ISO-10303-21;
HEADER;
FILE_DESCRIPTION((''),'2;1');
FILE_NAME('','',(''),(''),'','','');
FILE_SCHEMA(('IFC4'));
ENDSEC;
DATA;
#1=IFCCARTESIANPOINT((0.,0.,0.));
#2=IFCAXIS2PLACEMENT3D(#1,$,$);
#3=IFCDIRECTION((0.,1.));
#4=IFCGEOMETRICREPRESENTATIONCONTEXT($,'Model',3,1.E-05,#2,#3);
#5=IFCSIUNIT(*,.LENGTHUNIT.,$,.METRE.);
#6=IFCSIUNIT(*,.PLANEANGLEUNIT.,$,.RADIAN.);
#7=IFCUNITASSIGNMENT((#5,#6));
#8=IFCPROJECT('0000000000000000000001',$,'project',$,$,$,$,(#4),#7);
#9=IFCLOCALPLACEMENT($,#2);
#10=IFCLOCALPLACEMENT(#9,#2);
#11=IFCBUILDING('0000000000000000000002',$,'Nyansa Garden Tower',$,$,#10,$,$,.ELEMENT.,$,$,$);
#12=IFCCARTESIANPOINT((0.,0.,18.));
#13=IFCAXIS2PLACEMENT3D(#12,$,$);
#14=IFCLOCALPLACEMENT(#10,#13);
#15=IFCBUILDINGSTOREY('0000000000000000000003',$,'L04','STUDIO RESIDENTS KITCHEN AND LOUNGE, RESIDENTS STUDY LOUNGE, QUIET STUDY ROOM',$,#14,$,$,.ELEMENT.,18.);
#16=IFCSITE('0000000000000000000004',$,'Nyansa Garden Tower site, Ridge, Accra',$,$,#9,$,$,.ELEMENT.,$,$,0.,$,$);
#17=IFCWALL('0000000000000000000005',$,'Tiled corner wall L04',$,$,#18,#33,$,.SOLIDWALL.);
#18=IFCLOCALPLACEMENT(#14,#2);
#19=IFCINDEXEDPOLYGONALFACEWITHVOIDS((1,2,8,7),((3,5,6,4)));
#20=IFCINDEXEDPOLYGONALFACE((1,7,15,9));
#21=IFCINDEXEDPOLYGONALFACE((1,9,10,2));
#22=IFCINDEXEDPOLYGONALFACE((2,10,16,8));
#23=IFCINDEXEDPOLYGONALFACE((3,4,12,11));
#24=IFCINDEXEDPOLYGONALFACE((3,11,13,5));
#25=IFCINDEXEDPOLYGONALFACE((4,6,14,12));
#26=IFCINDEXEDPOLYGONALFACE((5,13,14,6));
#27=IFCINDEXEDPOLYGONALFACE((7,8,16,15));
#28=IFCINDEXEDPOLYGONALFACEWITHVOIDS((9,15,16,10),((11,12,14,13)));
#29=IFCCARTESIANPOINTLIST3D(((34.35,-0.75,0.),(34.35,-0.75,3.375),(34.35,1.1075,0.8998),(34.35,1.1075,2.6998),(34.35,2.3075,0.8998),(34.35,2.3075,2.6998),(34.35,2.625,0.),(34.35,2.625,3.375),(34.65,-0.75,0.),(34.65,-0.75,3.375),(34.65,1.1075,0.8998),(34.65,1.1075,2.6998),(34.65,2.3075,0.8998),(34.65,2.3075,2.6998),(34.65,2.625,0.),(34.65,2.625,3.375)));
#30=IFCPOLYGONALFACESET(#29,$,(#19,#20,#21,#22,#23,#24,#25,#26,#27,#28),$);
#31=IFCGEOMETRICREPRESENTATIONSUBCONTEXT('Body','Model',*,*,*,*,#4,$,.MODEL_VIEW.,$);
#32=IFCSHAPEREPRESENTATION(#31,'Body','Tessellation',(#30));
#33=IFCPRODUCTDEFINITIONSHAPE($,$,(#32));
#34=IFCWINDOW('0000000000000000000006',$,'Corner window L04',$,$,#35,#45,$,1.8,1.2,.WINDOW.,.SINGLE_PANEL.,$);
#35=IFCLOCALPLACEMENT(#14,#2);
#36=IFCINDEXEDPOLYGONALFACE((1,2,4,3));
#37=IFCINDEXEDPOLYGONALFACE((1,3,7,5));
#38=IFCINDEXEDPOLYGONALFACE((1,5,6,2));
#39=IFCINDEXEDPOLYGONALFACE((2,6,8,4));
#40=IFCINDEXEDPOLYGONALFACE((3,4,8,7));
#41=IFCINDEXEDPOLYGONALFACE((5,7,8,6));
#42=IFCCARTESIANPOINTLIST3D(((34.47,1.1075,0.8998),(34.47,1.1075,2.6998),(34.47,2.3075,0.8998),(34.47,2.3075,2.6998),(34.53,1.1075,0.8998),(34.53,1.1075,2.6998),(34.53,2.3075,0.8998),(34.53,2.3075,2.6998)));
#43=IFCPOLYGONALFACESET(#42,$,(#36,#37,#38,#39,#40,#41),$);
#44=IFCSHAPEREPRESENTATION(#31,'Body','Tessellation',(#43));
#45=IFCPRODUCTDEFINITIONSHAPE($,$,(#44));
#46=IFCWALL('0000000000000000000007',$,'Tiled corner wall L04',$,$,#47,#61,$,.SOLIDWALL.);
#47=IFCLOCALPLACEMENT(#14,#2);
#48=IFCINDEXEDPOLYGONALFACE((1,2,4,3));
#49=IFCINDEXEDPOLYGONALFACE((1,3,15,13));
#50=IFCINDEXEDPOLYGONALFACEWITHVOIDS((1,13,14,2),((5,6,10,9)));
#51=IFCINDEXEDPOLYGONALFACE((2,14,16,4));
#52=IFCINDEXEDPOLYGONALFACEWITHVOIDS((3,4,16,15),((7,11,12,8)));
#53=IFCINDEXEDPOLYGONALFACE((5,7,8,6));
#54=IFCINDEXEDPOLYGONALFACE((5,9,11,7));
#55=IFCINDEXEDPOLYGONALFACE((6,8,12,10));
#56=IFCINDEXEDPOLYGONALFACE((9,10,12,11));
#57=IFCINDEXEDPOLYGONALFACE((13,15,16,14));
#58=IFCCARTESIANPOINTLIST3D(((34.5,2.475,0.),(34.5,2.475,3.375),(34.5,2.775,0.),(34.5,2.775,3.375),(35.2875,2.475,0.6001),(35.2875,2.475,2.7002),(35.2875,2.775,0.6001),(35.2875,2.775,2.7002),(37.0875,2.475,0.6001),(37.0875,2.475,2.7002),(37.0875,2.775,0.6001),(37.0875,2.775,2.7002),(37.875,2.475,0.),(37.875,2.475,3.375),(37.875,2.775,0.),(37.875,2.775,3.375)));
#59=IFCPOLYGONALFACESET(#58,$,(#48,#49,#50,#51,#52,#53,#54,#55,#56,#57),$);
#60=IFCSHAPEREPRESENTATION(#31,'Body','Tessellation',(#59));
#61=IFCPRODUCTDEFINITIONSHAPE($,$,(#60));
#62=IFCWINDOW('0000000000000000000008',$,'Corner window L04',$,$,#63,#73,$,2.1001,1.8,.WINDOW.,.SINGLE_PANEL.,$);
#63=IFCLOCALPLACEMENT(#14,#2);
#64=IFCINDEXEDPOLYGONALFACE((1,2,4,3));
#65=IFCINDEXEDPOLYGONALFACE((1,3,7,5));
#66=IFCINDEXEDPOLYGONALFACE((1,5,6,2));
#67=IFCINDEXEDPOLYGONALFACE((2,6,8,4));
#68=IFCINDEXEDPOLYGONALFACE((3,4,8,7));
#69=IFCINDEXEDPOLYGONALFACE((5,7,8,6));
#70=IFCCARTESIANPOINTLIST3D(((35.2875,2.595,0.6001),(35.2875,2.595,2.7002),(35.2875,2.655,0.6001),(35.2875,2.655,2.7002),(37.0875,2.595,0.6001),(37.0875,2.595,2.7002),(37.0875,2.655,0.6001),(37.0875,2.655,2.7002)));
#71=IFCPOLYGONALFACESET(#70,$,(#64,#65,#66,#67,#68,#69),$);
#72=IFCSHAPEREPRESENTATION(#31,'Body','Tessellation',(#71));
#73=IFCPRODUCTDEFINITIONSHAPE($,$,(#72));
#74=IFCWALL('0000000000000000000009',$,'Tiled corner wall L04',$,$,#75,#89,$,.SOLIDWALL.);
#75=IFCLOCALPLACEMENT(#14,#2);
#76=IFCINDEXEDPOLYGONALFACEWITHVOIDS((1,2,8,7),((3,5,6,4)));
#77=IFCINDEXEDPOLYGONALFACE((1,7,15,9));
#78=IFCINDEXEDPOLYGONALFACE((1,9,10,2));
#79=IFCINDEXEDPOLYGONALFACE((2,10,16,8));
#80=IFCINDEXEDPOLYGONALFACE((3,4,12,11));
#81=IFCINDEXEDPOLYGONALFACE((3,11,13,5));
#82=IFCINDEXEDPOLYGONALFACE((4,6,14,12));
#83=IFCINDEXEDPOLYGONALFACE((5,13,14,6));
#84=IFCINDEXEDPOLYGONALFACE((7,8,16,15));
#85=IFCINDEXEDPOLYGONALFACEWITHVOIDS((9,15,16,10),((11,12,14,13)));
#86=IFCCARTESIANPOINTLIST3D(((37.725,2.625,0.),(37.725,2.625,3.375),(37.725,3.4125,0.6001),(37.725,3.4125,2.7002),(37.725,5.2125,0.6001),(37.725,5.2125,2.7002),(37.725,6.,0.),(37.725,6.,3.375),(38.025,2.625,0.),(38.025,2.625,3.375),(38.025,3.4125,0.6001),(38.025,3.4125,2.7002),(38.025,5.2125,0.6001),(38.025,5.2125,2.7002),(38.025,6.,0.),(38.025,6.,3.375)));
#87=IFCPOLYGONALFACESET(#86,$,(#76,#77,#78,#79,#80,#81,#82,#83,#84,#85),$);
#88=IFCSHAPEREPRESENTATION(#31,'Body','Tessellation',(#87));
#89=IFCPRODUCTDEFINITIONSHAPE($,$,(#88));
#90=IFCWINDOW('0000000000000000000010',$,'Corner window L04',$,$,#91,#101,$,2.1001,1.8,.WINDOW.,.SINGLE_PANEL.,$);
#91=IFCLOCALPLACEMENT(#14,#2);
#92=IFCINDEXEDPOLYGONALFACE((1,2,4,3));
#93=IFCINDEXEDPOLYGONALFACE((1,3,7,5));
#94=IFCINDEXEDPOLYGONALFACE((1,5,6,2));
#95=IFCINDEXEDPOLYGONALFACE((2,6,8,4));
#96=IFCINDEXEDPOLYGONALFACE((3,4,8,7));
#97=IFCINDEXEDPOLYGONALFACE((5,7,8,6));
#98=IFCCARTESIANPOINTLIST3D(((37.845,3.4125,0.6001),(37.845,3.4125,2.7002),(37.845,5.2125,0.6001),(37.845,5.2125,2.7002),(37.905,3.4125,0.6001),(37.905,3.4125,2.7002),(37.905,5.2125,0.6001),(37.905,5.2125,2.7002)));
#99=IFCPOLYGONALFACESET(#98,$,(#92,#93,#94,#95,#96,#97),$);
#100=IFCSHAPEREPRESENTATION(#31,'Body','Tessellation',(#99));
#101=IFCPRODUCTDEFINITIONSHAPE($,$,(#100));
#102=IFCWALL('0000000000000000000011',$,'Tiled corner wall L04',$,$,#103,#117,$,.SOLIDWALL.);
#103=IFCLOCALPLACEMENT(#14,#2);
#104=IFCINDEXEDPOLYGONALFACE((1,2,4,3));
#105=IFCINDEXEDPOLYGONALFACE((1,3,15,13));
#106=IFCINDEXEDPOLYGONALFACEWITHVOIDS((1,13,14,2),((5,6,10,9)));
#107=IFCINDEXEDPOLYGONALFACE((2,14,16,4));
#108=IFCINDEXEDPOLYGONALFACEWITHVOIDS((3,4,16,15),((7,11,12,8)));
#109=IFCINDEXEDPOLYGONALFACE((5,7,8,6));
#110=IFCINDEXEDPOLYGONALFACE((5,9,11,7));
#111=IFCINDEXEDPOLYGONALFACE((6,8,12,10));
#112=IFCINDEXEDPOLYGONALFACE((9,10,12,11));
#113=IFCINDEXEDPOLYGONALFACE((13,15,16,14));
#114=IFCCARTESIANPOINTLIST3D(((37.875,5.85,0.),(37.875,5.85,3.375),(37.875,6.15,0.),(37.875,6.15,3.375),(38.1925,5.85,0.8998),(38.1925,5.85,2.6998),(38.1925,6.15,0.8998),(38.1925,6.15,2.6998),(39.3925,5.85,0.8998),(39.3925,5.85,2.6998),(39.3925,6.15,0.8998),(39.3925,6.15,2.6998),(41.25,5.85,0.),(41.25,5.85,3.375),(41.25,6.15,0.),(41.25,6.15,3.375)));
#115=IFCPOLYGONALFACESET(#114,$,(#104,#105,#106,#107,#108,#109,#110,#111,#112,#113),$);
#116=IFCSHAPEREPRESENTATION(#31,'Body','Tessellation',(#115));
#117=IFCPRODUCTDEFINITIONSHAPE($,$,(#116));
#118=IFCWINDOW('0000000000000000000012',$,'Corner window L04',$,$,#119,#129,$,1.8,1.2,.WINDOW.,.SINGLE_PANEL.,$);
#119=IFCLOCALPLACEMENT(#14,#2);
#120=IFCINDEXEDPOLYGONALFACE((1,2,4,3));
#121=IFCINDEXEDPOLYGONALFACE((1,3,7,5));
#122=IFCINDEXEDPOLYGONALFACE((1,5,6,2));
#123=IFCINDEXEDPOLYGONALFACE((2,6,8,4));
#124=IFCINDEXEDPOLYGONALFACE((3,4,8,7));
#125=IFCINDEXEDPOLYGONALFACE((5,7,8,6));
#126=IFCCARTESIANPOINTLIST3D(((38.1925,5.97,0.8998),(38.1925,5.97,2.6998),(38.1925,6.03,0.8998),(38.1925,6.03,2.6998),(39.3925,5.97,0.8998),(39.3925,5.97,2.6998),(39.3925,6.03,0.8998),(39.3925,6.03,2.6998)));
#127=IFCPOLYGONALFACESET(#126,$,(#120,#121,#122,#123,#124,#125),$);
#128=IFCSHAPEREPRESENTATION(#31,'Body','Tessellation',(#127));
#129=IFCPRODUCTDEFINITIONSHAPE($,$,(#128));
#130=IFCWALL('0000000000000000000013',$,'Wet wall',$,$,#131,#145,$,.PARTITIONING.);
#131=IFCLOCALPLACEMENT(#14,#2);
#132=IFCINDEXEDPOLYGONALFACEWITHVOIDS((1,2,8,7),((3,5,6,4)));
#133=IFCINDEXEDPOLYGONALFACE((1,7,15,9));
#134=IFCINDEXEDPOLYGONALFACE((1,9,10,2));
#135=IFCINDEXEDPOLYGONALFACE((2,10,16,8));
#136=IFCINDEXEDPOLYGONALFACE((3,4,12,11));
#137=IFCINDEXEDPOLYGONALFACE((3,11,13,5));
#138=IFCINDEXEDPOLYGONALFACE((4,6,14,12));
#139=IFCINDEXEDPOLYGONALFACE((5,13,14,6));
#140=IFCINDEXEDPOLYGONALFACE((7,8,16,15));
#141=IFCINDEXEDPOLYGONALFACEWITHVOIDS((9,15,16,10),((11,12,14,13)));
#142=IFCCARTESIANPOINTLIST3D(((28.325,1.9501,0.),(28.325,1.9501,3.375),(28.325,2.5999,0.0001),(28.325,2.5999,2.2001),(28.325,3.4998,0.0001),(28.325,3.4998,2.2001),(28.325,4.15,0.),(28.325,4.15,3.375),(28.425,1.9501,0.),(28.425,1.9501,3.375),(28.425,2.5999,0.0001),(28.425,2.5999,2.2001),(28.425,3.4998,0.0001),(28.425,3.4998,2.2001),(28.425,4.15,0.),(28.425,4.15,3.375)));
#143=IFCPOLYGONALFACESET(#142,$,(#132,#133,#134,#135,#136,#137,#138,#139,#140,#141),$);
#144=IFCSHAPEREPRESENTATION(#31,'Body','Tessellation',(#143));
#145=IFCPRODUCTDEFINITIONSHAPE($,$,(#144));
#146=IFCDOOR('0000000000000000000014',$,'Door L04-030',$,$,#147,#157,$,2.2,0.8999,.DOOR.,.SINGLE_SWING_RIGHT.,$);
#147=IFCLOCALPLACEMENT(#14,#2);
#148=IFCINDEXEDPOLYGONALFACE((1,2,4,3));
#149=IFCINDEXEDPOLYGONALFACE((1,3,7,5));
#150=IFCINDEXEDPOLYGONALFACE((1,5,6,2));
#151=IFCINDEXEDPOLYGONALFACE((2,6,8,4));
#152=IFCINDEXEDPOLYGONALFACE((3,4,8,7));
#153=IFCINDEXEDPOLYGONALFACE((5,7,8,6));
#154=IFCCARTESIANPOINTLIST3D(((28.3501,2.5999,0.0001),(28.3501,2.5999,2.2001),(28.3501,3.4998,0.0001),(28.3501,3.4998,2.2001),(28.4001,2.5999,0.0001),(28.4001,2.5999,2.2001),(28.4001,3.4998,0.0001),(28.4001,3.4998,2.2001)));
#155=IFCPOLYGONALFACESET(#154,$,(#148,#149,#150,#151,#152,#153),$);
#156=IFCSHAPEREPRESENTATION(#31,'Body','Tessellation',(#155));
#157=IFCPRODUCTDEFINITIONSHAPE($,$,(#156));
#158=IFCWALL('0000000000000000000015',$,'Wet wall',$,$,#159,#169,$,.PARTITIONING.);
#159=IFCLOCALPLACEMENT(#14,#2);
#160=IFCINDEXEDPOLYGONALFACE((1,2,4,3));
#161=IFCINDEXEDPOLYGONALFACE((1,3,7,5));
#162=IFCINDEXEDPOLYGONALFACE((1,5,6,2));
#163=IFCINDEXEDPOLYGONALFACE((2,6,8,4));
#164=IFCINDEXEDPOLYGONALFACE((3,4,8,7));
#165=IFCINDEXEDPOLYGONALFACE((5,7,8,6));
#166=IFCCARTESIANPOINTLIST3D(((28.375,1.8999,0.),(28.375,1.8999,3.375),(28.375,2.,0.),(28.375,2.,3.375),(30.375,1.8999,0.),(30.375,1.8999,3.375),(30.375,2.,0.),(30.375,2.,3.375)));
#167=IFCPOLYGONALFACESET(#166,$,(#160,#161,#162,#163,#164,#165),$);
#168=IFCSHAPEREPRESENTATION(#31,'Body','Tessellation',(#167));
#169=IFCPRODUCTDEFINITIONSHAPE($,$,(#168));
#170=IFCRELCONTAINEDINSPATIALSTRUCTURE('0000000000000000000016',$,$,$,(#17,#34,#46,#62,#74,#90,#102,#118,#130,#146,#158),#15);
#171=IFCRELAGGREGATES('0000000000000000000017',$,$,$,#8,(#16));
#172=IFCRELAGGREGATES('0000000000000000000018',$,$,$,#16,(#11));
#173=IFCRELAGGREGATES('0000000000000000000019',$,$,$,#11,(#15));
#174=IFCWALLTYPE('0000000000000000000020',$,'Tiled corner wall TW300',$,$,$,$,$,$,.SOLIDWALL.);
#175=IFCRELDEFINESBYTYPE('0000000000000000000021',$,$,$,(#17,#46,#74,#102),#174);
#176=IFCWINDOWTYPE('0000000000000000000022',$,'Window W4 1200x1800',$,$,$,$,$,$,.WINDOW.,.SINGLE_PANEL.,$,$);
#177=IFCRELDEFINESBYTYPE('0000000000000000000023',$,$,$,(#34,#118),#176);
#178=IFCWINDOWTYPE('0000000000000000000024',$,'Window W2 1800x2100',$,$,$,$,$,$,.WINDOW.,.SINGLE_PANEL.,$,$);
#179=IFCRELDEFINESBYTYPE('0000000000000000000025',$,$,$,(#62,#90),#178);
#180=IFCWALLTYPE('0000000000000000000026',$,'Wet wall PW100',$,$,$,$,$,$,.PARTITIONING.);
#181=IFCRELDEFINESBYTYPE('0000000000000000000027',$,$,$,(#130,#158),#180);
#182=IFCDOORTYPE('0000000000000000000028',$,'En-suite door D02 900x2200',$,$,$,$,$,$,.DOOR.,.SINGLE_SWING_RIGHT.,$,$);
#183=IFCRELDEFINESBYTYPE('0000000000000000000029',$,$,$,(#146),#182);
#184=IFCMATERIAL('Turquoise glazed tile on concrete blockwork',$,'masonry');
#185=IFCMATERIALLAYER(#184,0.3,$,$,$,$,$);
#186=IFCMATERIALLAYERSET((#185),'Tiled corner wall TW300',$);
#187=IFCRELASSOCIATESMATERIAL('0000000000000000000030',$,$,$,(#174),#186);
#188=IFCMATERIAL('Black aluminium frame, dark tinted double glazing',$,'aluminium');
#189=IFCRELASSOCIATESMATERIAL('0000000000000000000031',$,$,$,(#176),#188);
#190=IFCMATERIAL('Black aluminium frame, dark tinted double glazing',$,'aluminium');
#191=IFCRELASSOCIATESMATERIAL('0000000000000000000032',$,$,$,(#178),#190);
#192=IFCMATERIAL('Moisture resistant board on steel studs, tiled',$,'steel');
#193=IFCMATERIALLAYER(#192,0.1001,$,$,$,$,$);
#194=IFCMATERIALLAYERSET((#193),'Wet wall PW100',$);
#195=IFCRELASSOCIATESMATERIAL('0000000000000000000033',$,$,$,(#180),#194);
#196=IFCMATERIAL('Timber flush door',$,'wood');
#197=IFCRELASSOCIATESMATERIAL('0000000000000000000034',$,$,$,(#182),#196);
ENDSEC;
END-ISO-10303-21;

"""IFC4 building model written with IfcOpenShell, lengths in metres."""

from ifc_helpers import new_model, si_unit, direction, frame, frame_2d, origin, place, context, subcontext, project, spatial, rectangle, extrude, material, layer, layer_set, type_object, element, fill, save


model = new_model("IFC4")

# Units and contexts
model_context = context("Model", 3, precision=1e-05, world=origin(), true_north=direction((0.0, 1.0)))
body_context = subcontext(model_context, "Body", "Model", "MODEL_VIEW")
ifc_project = project(units=[si_unit("LENGTHUNIT", "METRE"), si_unit("PLANEANGLEUNIT", "RADIAN")], contexts=[model_context])

# Site, building, storey
site_placement = place(None, origin())
site = spatial("IfcSite", under=ifc_project, at=site_placement, Name="Nyansa Garden Tower site, Ridge, Accra", CompositionType="ELEMENT", RefElevation=0.0)
building_placement = place(site_placement, origin())
building = spatial("IfcBuilding", under=site, at=building_placement, Name="Nyansa Garden Tower", CompositionType="ELEMENT")
storey_placement = place(building_placement, frame((0.0, 0.0, 18.0)))
storey = spatial("IfcBuildingStorey", under=building, at=storey_placement, Name="L04", Description="STUDIO RESIDENTS KITCHEN AND LOUNGE, RESIDENTS STUDY LOUNGE, QUIET STUDY ROOM", CompositionType="ELEMENT", Elevation=18.0)

# Walls, openings, windows
ifc_material_1 = material(Name="Turquoise glazed tile on concrete blockwork", Category="masonry")
ifc_layer_1 = layer(ifc_material_1, 0.3)
ifc_layer_set_1 = layer_set([ifc_layer_1], Name="Tiled corner wall TW300")
wall_type_1 = type_object("IfcWallType", Name="Tiled corner wall TW300", PredefinedType="SOLIDWALL", material=ifc_layer_set_1)
wall_1_placement = place(storey_placement, frame((34.5, -0.75, 0.0), z_axis=(0.0, 0.0, 1.0), x_axis=(0.0, 1.0, 0.0)))
wall_1 = element("IfcWall", 1, at=wall_1_placement, inside=storey, type_object=wall_type_1, Name="Tiled corner wall L04", PredefinedType="SOLIDWALL", context=body_context, shape_type="SweptSolid", body=[
    extrude(rectangle(XDim=3.375, YDim=0.3, at=frame_2d((1.6875, 0.0))), origin(), (0.0, 0.0, 1.0), 3.375),
])
opening_1_placement = place(wall_1_placement, frame((1.8574, 0.0, 0.8999)))
opening_1 = element("IfcOpeningElement", 2, at=opening_1_placement, cuts=wall_1, PredefinedType="OPENING", context=body_context, shape_type="SweptSolid", body=[
    extrude(rectangle(XDim=1.2, YDim=1.8, at=frame_2d((0.6001, 0.8999))), frame((0.0, 0.1599, 0.0), z_axis=(0.0, -1.0, 0.0), x_axis=(1.0, 0.0, 0.0)), (0.0, 0.0, 1.0), 0.3201),
])
ifc_material_2 = material(Name="Black aluminium frame, dark tinted double glazing", Category="aluminium")
window_type_1 = type_object("IfcWindowType", Name="Window W4 1200x1800", PartitioningType="SINGLE_PANEL", PredefinedType="WINDOW", material=ifc_material_2)
window_1_placement = place(opening_1_placement, origin())
window_1 = element("IfcWindow", 3, at=window_1_placement, inside=storey, type_object=window_type_1, Name="Corner window L04", OverallHeight=1.8, OverallWidth=1.2, PartitioningType="SINGLE_PANEL", PredefinedType="WINDOW", context=body_context, shape_type="SweptSolid", body=[
    extrude(rectangle(XDim=1.2, YDim=1.8, at=frame_2d((0.6001, 0.8999))), frame((0.0, 0.03, 0.0), z_axis=(0.0, -1.0, 0.0), x_axis=(1.0, 0.0, 0.0)), (0.0, 0.0, 1.0), 0.0601),
])
fill(opening_1, window_1)
wall_2_placement = place(storey_placement, frame((34.5, 2.625, 0.0), z_axis=(0.0, 0.0, 1.0), x_axis=(1.0, 0.0, 0.0)))
wall_2 = element("IfcWall", 4, at=wall_2_placement, inside=storey, type_object=wall_type_1, Name="Tiled corner wall L04", PredefinedType="SOLIDWALL", context=body_context, shape_type="SweptSolid", body=[
    extrude(rectangle(XDim=3.375, YDim=0.3, at=frame_2d((1.6875, 0.0))), origin(), (0.0, 0.0, 1.0), 3.375),
])
opening_2_placement = place(wall_2_placement, frame((0.7876, 0.0, 0.6001)))
opening_2 = element("IfcOpeningElement", 5, at=opening_2_placement, cuts=wall_2, PredefinedType="OPENING", context=body_context, shape_type="SweptSolid", body=[
    extrude(rectangle(XDim=1.8, YDim=2.1001, at=frame_2d((0.8999, 1.05))), frame((0.0, 0.1599, 0.0), z_axis=(0.0, -1.0, 0.0), x_axis=(1.0, 0.0, 0.0)), (0.0, 0.0, 1.0), 0.3201),
])
ifc_material_3 = material(Name="Black aluminium frame, dark tinted double glazing", Category="aluminium")
window_type_2 = type_object("IfcWindowType", Name="Window W2 1800x2100", PartitioningType="SINGLE_PANEL", PredefinedType="WINDOW", material=ifc_material_3)
window_2_placement = place(opening_2_placement, origin())
window_2 = element("IfcWindow", 6, at=window_2_placement, inside=storey, type_object=window_type_2, Name="Corner window L04", OverallHeight=2.1001, OverallWidth=1.8, PartitioningType="SINGLE_PANEL", PredefinedType="WINDOW", context=body_context, shape_type="SweptSolid", body=[
    extrude(rectangle(XDim=1.8, YDim=2.1001, at=frame_2d((0.8999, 1.05))), frame((0.0, 0.03, 0.0), z_axis=(0.0, -1.0, 0.0), x_axis=(1.0, 0.0, 0.0)), (0.0, 0.0, 1.0), 0.0601),
])
fill(opening_2, window_2)
wall_3_placement = place(storey_placement, frame((37.875, 2.625, 0.0), z_axis=(0.0, 0.0, 1.0), x_axis=(0.0, 1.0, 0.0)))
wall_3 = element("IfcWall", 7, at=wall_3_placement, inside=storey, type_object=wall_type_1, Name="Tiled corner wall L04", PredefinedType="SOLIDWALL", context=body_context, shape_type="SweptSolid", body=[
    extrude(rectangle(XDim=3.375, YDim=0.3, at=frame_2d((1.6875, 0.0))), origin(), (0.0, 0.0, 1.0), 3.375),
])
opening_3_placement = place(wall_3_placement, frame((0.7876, 0.0, 0.6001)))
opening_3 = element("IfcOpeningElement", 8, at=opening_3_placement, cuts=wall_3, PredefinedType="OPENING", context=body_context, shape_type="SweptSolid", body=[
    extrude(rectangle(XDim=1.8, YDim=2.1001, at=frame_2d((0.8999, 1.05))), frame((0.0, 0.1599, 0.0), z_axis=(0.0, -1.0, 0.0), x_axis=(1.0, 0.0, 0.0)), (0.0, 0.0, 1.0), 0.3201),
])
window_3_placement = place(opening_3_placement, origin())
window_3 = element("IfcWindow", 9, at=window_3_placement, inside=storey, type_object=window_type_2, Name="Corner window L04", OverallHeight=2.1001, OverallWidth=1.8, PartitioningType="SINGLE_PANEL", PredefinedType="WINDOW", context=body_context, shape_type="SweptSolid", body=[
    extrude(rectangle(XDim=1.8, YDim=2.1001, at=frame_2d((0.8999, 1.05))), frame((0.0, 0.03, 0.0), z_axis=(0.0, -1.0, 0.0), x_axis=(1.0, 0.0, 0.0)), (0.0, 0.0, 1.0), 0.0601),
])
fill(opening_3, window_3)
wall_4_placement = place(storey_placement, frame((37.875, 6.0, 0.0), z_axis=(0.0, 0.0, 1.0), x_axis=(1.0, 0.0, 0.0)))
wall_4 = element("IfcWall", 10, at=wall_4_placement, inside=storey, type_object=wall_type_1, Name="Tiled corner wall L04", PredefinedType="SOLIDWALL", context=body_context, shape_type="SweptSolid", body=[
    extrude(rectangle(XDim=3.375, YDim=0.3, at=frame_2d((1.6875, 0.0))), origin(), (0.0, 0.0, 1.0), 3.375),
])
opening_4_placement = place(wall_4_placement, frame((0.3174, 0.0, 0.8999)))
opening_4 = element("IfcOpeningElement", 11, at=opening_4_placement, cuts=wall_4, PredefinedType="OPENING", context=body_context, shape_type="SweptSolid", body=[
    extrude(rectangle(XDim=1.2, YDim=1.8, at=frame_2d((0.6001, 0.8999))), frame((0.0, 0.1599, 0.0), z_axis=(0.0, -1.0, 0.0), x_axis=(1.0, 0.0, 0.0)), (0.0, 0.0, 1.0), 0.3201),
])
window_4_placement = place(opening_4_placement, origin())
window_4 = element("IfcWindow", 12, at=window_4_placement, inside=storey, type_object=window_type_1, Name="Corner window L04", OverallHeight=1.8, OverallWidth=1.2, PartitioningType="SINGLE_PANEL", PredefinedType="WINDOW", context=body_context, shape_type="SweptSolid", body=[
    extrude(rectangle(XDim=1.2, YDim=1.8, at=frame_2d((0.6001, 0.8999))), frame((0.0, 0.03, 0.0), z_axis=(0.0, -1.0, 0.0), x_axis=(1.0, 0.0, 0.0)), (0.0, 0.0, 1.0), 0.0601),
])
fill(opening_4, window_4)

# Wall, opening, door
ifc_material_4 = material(Name="Moisture resistant board on steel studs, tiled", Category="steel")
ifc_layer_2 = layer(ifc_material_4, 0.1001)
ifc_layer_set_2 = layer_set([ifc_layer_2], Name="Wet wall PW100")
wall_type_2 = type_object("IfcWallType", Name="Wet wall PW100", PredefinedType="PARTITIONING", material=ifc_layer_set_2)
wall_5_placement = place(storey_placement, frame((28.375, 1.95, 0.0), z_axis=(0.0, 0.0, 1.0), x_axis=(0.0, 1.0, 0.0)))
wall_5 = element("IfcWall", 13, at=wall_5_placement, inside=storey, type_object=wall_type_2, Name="Wet wall", PredefinedType="PARTITIONING", context=body_context, shape_type="SweptSolid", body=[
    extrude(rectangle(XDim=2.2, YDim=0.1001, at=frame_2d((1.1001, 0.0))), origin(), (0.0, 0.0, 1.0), 3.375),
])
opening_5_placement = place(wall_5_placement, frame((0.6499, 0.0, 0.0)))
opening_5 = element("IfcOpeningElement", 14, at=opening_5_placement, cuts=wall_5, PredefinedType="OPENING", context=body_context, shape_type="SweptSolid", body=[
    extrude(rectangle(XDim=0.8999, YDim=2.2, at=frame_2d((0.45, 1.1001))), frame((0.0, 0.0601, 0.0), z_axis=(0.0, -1.0, 0.0), x_axis=(1.0, 0.0, 0.0)), (0.0, 0.0, 1.0), 0.1201),
])
ifc_material_5 = material(Name="Timber flush door", Category="wood")
door_type_1 = type_object("IfcDoorType", Name="En-suite door D02 900x2200", OperationType="SINGLE_SWING_RIGHT", PredefinedType="DOOR", material=ifc_material_5)
door_1_placement = place(opening_5_placement, origin())
door_1 = element("IfcDoor", 15, at=door_1_placement, inside=storey, type_object=door_type_1, Name="Door L04-030", OperationType="SINGLE_SWING_RIGHT", OverallHeight=2.2, OverallWidth=0.8999, PredefinedType="DOOR", context=body_context, shape_type="SweptSolid", body=[
    extrude(rectangle(XDim=0.8999, YDim=2.2, at=frame_2d((0.45, 1.1001))), frame((0.0, 0.0249, 0.0), z_axis=(0.0, -1.0, 0.0), x_axis=(1.0, 0.0, 0.0)), (0.0, 0.0, 1.0), 0.05),
])
fill(opening_5, door_1)

# Wall
wall_6_placement = place(storey_placement, frame((28.375, 1.95, 0.0), z_axis=(0.0, 0.0, 1.0), x_axis=(1.0, 0.0, 0.0)))
element("IfcWall", 16, at=wall_6_placement, inside=storey, type_object=wall_type_2, Name="Wet wall", PredefinedType="PARTITIONING", context=body_context, shape_type="SweptSolid", body=[
    extrude(rectangle(XDim=2.0, YDim=0.1001, at=frame_2d((1.0, 0.0))), origin(), (0.0, 0.0, 1.0), 3.375),
])

save(model, "model.ifc")
